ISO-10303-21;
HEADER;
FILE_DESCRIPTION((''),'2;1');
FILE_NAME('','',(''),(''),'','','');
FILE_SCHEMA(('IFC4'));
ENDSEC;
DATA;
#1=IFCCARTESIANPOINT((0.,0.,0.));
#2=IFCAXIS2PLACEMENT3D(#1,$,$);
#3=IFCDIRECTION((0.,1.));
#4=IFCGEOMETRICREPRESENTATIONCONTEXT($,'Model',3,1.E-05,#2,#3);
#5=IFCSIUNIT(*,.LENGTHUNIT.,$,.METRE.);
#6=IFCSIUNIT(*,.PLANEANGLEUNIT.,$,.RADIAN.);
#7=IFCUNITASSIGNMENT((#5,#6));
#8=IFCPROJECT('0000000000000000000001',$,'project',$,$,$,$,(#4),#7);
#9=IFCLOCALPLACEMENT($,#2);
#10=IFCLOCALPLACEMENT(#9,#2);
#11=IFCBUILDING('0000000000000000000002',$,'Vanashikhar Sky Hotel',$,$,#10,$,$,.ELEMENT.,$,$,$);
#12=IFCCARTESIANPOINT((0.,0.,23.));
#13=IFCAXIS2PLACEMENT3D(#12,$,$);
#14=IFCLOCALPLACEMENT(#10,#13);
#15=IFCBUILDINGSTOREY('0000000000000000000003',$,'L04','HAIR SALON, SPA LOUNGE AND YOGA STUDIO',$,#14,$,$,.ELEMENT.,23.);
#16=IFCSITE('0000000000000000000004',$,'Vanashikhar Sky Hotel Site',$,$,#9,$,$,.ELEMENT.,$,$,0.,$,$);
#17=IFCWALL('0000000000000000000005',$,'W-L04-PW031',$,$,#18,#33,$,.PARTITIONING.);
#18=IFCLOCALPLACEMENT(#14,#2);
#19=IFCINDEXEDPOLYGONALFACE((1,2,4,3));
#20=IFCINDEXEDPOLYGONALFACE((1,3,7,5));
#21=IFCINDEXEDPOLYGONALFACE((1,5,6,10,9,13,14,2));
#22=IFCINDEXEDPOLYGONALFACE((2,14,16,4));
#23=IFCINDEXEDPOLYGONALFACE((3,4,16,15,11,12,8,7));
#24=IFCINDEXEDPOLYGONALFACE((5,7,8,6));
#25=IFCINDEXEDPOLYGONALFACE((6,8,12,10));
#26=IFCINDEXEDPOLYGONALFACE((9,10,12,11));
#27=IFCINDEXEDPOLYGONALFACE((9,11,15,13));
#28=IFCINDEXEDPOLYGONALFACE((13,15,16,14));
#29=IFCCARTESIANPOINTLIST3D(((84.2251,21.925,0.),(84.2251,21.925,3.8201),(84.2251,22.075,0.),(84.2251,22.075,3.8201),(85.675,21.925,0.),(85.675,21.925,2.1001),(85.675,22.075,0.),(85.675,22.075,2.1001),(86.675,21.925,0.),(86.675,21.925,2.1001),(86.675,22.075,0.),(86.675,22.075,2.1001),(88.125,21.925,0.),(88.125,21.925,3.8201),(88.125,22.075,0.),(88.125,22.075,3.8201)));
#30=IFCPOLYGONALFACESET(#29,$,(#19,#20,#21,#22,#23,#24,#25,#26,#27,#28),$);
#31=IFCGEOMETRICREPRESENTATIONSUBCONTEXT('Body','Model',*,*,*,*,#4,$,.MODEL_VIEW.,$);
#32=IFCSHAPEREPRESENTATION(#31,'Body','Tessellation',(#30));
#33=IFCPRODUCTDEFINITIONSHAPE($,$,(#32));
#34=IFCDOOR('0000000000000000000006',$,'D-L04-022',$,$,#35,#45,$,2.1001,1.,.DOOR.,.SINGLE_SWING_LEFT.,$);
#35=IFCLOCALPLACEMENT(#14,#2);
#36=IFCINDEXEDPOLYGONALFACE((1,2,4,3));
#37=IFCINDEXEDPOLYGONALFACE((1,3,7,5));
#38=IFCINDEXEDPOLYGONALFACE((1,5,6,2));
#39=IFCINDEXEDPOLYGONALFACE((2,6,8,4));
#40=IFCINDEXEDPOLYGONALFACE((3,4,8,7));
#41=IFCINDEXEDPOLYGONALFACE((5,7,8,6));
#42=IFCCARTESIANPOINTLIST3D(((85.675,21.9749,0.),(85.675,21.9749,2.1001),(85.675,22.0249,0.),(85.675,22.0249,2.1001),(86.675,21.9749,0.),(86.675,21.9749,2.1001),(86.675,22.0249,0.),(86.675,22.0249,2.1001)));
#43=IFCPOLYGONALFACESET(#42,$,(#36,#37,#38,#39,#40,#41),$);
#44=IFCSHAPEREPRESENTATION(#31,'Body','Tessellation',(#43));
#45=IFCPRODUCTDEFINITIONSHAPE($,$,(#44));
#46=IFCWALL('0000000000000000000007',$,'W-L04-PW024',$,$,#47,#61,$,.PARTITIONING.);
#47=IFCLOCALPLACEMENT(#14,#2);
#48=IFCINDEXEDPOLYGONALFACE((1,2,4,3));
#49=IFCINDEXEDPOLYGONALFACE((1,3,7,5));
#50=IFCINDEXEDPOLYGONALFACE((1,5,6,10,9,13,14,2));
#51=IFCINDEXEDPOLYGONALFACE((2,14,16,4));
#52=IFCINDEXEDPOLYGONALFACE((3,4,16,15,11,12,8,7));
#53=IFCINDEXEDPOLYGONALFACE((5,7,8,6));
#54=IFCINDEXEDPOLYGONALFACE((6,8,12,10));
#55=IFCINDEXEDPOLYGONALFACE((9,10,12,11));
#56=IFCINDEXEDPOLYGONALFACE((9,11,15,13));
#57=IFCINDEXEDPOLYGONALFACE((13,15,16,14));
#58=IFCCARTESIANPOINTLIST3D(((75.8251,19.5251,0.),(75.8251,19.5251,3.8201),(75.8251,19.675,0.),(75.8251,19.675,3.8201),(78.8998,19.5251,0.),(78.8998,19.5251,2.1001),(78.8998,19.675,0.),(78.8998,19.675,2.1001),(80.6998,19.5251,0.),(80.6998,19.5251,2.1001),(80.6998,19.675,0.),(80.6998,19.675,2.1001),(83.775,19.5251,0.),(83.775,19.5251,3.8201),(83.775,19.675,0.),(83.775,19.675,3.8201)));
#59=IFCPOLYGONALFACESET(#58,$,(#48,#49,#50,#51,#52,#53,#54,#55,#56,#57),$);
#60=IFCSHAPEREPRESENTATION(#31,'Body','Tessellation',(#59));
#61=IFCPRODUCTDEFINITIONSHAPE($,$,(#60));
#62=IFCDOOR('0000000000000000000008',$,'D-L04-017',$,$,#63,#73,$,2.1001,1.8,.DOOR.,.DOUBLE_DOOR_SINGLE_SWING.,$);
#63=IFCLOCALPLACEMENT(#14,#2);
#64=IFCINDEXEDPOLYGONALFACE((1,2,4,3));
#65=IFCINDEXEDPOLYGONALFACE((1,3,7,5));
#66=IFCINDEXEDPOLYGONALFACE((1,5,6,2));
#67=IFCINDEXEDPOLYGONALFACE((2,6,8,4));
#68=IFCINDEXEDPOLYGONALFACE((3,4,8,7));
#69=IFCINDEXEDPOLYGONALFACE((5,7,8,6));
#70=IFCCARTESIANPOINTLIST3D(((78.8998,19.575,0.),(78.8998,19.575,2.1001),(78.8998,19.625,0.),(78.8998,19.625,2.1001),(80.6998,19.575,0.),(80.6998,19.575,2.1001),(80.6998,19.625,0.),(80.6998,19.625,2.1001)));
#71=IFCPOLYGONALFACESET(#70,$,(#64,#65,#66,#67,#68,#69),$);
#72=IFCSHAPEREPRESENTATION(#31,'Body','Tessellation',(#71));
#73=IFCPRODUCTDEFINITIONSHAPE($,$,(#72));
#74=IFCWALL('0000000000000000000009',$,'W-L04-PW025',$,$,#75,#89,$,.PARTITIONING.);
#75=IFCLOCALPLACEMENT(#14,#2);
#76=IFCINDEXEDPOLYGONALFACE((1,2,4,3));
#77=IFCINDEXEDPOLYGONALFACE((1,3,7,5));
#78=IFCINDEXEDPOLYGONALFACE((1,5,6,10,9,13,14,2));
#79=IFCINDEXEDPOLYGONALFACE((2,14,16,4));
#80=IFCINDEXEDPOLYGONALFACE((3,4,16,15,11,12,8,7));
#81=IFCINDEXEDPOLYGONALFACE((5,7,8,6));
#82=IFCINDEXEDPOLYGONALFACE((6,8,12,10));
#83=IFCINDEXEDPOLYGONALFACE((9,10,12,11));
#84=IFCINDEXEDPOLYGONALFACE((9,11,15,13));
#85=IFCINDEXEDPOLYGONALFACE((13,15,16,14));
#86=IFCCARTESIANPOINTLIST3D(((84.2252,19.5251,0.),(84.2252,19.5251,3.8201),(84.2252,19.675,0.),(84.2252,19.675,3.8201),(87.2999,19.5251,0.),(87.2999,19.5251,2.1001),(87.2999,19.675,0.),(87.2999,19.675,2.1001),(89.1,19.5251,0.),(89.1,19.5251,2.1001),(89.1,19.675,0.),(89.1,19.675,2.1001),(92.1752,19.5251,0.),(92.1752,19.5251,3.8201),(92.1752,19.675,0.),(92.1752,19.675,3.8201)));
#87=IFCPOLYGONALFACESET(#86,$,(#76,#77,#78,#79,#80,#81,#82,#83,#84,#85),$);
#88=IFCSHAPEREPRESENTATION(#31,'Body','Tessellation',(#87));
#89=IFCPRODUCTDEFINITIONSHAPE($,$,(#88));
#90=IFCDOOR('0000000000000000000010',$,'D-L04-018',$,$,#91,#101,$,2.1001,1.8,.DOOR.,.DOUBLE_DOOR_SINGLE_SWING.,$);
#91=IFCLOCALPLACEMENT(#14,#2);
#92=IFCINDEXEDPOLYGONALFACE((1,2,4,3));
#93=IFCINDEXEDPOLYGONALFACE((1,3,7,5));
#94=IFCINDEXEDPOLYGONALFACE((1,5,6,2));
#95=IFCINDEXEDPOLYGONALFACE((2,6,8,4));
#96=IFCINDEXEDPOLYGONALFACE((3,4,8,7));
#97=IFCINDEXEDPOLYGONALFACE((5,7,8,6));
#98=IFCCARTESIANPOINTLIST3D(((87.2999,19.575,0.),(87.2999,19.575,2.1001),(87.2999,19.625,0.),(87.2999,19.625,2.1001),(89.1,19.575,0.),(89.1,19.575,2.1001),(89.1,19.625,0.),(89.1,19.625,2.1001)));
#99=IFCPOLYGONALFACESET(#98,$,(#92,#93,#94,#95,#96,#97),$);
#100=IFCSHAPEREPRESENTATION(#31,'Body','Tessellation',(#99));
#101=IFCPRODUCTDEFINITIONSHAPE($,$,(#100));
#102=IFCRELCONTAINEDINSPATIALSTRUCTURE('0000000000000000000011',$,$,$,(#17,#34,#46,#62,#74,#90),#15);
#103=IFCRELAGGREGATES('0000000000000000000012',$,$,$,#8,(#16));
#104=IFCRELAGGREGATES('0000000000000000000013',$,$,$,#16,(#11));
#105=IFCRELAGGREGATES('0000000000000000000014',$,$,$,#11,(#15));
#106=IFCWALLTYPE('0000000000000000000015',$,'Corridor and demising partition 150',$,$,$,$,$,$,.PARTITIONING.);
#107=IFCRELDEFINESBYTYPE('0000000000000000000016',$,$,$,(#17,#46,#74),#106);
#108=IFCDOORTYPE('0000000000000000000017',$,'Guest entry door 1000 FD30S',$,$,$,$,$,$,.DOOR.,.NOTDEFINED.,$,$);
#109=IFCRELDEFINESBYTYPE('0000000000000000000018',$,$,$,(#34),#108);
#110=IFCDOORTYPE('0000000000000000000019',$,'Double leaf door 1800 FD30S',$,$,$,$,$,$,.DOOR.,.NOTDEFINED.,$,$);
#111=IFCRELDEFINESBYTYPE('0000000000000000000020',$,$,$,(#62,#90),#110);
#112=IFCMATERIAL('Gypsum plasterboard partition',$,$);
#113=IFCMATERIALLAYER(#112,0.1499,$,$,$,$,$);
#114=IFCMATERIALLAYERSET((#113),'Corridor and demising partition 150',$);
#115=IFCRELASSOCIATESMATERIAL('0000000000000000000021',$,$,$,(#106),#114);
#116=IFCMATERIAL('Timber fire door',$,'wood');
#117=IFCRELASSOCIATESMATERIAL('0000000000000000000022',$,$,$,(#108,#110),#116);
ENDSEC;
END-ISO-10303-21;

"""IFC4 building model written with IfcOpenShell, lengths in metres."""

from ifc_helpers import new_model, si_unit, direction, frame, frame_2d, origin, place, context, subcontext, project, spatial, rectangle, extrude, source, transform, mapped, material, layer, layer_set, type_object, element, fill, save


model = new_model("IFC4")

# Units and contexts
model_context = context("Model", 3, precision=1e-05, world=origin(), true_north=direction((0.0, 1.0)))
body_context = subcontext(model_context, "Body", "Model", "MODEL_VIEW")
ifc_project = project(units=[si_unit("LENGTHUNIT", "METRE"), si_unit("PLANEANGLEUNIT", "RADIAN")], contexts=[model_context])

# Site, building, storey
site_placement = place(None, origin())
site = spatial("IfcSite", under=ifc_project, at=site_placement, Name="Vanashikhar Sky Hotel Site", CompositionType="ELEMENT", RefElevation=0.0)
building_placement = place(site_placement, origin())
building = spatial("IfcBuilding", under=site, at=building_placement, Name="Vanashikhar Sky Hotel", CompositionType="ELEMENT")
storey_placement = place(building_placement, frame((0.0, 0.0, 23.0)))
storey = spatial("IfcBuildingStorey", under=building, at=storey_placement, Name="L04", Description="HAIR SALON, SPA LOUNGE AND YOGA STUDIO", CompositionType="ELEMENT", Elevation=23.0)

# Walls, openings, doors
ifc_material_1 = material(Name="Gypsum plasterboard partition")
ifc_layer_1 = layer(ifc_material_1, 0.1499)
ifc_layer_set_1 = layer_set([ifc_layer_1], Name="Corridor and demising partition 150")
wall_type_1 = type_object("IfcWallType", Name="Corridor and demising partition 150", PredefinedType="PARTITIONING", material=ifc_layer_set_1)
shared_shape_1 = source(origin(), body_context, "Body", "SweptSolid", [
    extrude(rectangle(XDim=3.8999, YDim=0.1499, at=frame_2d((1.95, 0.0))), origin(), (0.0, 0.0, 1.0), 3.8201),
])
wall_1_placement = place(storey_placement, frame((84.2251, 22.0, 0.0), z_axis=(0.0, 0.0, 1.0), x_axis=(1.0, 0.0, 0.0)))
wall_1 = element("IfcWall", 1, at=wall_1_placement, inside=storey, type_object=wall_type_1, Name="W-L04-PW031", PredefinedType="PARTITIONING", context=body_context, shape_type="MappedRepresentation", body=[
    mapped(shared_shape_1, transform((0.0, 0.0, 0.0), scale=1.0)),
])
shared_shape_2 = source(origin(), body_context, "Body", "SweptSolid", [
    extrude(rectangle(XDim=1.0, YDim=2.1001, at=frame_2d((0.5, 1.05))), frame((0.0, 0.085, 0.0), z_axis=(0.0, -1.0, 0.0), x_axis=(1.0, 0.0, 0.0)), (0.0, 0.0, 1.0), 0.1699),
])
opening_1_placement = place(wall_1_placement, frame((1.45, 0.0, 0.0)))
opening_1 = element("IfcOpeningElement", 2, at=opening_1_placement, cuts=wall_1, PredefinedType="OPENING", context=body_context, shape_type="MappedRepresentation", body=[
    mapped(shared_shape_2, transform((0.0, 0.0, 0.0), scale=1.0)),
])
ifc_material_2 = material(Name="Timber fire door", Category="wood")
door_type_1 = type_object("IfcDoorType", Name="Guest entry door 1000 FD30S", OperationType="NOTDEFINED", PredefinedType="DOOR", material=ifc_material_2)
shared_shape_3 = source(origin(), body_context, "Body", "SweptSolid", [
    extrude(rectangle(XDim=1.0, YDim=2.1001, at=frame_2d((0.5, 1.05))), frame((0.0, 0.0249, 0.0), z_axis=(0.0, -1.0, 0.0), x_axis=(1.0, 0.0, 0.0)), (0.0, 0.0, 1.0), 0.05),
])
door_1_placement = place(opening_1_placement, origin())
door_1 = element("IfcDoor", 3, at=door_1_placement, inside=storey, type_object=door_type_1, Name="D-L04-022", OperationType="SINGLE_SWING_LEFT", OverallHeight=2.1001, OverallWidth=1.0, PredefinedType="DOOR", context=body_context, shape_type="MappedRepresentation", body=[
    mapped(shared_shape_3, transform((0.0, 0.0, 0.0), scale=1.0)),
])
fill(opening_1, door_1)
shared_shape_4 = source(origin(), body_context, "Body", "SweptSolid", [
    extrude(rectangle(XDim=7.95, YDim=0.1499, at=frame_2d((3.9751, 0.0))), origin(), (0.0, 0.0, 1.0), 3.8201),
])
wall_2_placement = place(storey_placement, frame((75.825, 19.6001, 0.0), z_axis=(0.0, 0.0, 1.0), x_axis=(1.0, 0.0, 0.0)))
wall_2 = element("IfcWall", 4, at=wall_2_placement, inside=storey, type_object=wall_type_1, Name="W-L04-PW024", PredefinedType="PARTITIONING", context=body_context, shape_type="MappedRepresentation", body=[
    mapped(shared_shape_4, transform((0.0, 0.0, 0.0), scale=1.0)),
])
shared_shape_5 = source(origin(), body_context, "Body", "SweptSolid", [
    extrude(rectangle(XDim=1.8, YDim=2.1001, at=frame_2d((0.8999, 1.05))), frame((0.0, 0.085, 0.0), z_axis=(0.0, -1.0, 0.0), x_axis=(1.0, 0.0, 0.0)), (0.0, 0.0, 1.0), 0.1699),
])
opening_2_placement = place(wall_2_placement, frame((3.075, 0.0, 0.0)))
opening_2 = element("IfcOpeningElement", 5, at=opening_2_placement, cuts=wall_2, PredefinedType="OPENING", context=body_context, shape_type="MappedRepresentation", body=[
    mapped(shared_shape_5, transform((0.0, 0.0, 0.0), scale=1.0)),
])
door_type_2 = type_object("IfcDoorType", Name="Double leaf door 1800 FD30S", OperationType="NOTDEFINED", PredefinedType="DOOR", material=ifc_material_2)
shared_shape_6 = source(origin(), body_context, "Body", "SweptSolid", [
    extrude(rectangle(XDim=1.8, YDim=2.1001, at=frame_2d((0.8999, 1.05))), frame((0.0, 0.0249, 0.0), z_axis=(0.0, -1.0, 0.0), x_axis=(1.0, 0.0, 0.0)), (0.0, 0.0, 1.0), 0.05),
])
door_2_placement = place(opening_2_placement, origin())
door_2 = element("IfcDoor", 6, at=door_2_placement, inside=storey, type_object=door_type_2, Name="D-L04-017", OperationType="DOUBLE_DOOR_SINGLE_SWING", OverallHeight=2.1001, OverallWidth=1.8, PredefinedType="DOOR", context=body_context, shape_type="MappedRepresentation", body=[
    mapped(shared_shape_6, transform((0.0, 0.0, 0.0), scale=1.0)),
])
fill(opening_2, door_2)
wall_3_placement = place(storey_placement, frame((84.2251, 19.6001, 0.0), z_axis=(0.0, 0.0, 1.0), x_axis=(1.0, 0.0, 0.0)))
wall_3 = element("IfcWall", 7, at=wall_3_placement, inside=storey, type_object=wall_type_1, Name="W-L04-PW025", PredefinedType="PARTITIONING", context=body_context, shape_type="MappedRepresentation", body=[
    mapped(shared_shape_4, transform((0.0, 0.0, 0.0), scale=1.0)),
])
opening_3_placement = place(wall_3_placement, frame((3.075, 0.0, 0.0)))
opening_3 = element("IfcOpeningElement", 8, at=opening_3_placement, cuts=wall_3, PredefinedType="OPENING", context=body_context, shape_type="MappedRepresentation", body=[
    mapped(shared_shape_5, transform((0.0, 0.0, 0.0), scale=1.0)),
])
door_3_placement = place(opening_3_placement, origin())
door_3 = element("IfcDoor", 9, at=door_3_placement, inside=storey, type_object=door_type_2, Name="D-L04-018", OperationType="DOUBLE_DOOR_SINGLE_SWING", OverallHeight=2.1001, OverallWidth=1.8, PredefinedType="DOOR", context=body_context, shape_type="MappedRepresentation", body=[
    mapped(shared_shape_6, transform((0.0, 0.0, 0.0), scale=1.0)),
])
fill(opening_3, door_3)

save(model, "model.ifc")
